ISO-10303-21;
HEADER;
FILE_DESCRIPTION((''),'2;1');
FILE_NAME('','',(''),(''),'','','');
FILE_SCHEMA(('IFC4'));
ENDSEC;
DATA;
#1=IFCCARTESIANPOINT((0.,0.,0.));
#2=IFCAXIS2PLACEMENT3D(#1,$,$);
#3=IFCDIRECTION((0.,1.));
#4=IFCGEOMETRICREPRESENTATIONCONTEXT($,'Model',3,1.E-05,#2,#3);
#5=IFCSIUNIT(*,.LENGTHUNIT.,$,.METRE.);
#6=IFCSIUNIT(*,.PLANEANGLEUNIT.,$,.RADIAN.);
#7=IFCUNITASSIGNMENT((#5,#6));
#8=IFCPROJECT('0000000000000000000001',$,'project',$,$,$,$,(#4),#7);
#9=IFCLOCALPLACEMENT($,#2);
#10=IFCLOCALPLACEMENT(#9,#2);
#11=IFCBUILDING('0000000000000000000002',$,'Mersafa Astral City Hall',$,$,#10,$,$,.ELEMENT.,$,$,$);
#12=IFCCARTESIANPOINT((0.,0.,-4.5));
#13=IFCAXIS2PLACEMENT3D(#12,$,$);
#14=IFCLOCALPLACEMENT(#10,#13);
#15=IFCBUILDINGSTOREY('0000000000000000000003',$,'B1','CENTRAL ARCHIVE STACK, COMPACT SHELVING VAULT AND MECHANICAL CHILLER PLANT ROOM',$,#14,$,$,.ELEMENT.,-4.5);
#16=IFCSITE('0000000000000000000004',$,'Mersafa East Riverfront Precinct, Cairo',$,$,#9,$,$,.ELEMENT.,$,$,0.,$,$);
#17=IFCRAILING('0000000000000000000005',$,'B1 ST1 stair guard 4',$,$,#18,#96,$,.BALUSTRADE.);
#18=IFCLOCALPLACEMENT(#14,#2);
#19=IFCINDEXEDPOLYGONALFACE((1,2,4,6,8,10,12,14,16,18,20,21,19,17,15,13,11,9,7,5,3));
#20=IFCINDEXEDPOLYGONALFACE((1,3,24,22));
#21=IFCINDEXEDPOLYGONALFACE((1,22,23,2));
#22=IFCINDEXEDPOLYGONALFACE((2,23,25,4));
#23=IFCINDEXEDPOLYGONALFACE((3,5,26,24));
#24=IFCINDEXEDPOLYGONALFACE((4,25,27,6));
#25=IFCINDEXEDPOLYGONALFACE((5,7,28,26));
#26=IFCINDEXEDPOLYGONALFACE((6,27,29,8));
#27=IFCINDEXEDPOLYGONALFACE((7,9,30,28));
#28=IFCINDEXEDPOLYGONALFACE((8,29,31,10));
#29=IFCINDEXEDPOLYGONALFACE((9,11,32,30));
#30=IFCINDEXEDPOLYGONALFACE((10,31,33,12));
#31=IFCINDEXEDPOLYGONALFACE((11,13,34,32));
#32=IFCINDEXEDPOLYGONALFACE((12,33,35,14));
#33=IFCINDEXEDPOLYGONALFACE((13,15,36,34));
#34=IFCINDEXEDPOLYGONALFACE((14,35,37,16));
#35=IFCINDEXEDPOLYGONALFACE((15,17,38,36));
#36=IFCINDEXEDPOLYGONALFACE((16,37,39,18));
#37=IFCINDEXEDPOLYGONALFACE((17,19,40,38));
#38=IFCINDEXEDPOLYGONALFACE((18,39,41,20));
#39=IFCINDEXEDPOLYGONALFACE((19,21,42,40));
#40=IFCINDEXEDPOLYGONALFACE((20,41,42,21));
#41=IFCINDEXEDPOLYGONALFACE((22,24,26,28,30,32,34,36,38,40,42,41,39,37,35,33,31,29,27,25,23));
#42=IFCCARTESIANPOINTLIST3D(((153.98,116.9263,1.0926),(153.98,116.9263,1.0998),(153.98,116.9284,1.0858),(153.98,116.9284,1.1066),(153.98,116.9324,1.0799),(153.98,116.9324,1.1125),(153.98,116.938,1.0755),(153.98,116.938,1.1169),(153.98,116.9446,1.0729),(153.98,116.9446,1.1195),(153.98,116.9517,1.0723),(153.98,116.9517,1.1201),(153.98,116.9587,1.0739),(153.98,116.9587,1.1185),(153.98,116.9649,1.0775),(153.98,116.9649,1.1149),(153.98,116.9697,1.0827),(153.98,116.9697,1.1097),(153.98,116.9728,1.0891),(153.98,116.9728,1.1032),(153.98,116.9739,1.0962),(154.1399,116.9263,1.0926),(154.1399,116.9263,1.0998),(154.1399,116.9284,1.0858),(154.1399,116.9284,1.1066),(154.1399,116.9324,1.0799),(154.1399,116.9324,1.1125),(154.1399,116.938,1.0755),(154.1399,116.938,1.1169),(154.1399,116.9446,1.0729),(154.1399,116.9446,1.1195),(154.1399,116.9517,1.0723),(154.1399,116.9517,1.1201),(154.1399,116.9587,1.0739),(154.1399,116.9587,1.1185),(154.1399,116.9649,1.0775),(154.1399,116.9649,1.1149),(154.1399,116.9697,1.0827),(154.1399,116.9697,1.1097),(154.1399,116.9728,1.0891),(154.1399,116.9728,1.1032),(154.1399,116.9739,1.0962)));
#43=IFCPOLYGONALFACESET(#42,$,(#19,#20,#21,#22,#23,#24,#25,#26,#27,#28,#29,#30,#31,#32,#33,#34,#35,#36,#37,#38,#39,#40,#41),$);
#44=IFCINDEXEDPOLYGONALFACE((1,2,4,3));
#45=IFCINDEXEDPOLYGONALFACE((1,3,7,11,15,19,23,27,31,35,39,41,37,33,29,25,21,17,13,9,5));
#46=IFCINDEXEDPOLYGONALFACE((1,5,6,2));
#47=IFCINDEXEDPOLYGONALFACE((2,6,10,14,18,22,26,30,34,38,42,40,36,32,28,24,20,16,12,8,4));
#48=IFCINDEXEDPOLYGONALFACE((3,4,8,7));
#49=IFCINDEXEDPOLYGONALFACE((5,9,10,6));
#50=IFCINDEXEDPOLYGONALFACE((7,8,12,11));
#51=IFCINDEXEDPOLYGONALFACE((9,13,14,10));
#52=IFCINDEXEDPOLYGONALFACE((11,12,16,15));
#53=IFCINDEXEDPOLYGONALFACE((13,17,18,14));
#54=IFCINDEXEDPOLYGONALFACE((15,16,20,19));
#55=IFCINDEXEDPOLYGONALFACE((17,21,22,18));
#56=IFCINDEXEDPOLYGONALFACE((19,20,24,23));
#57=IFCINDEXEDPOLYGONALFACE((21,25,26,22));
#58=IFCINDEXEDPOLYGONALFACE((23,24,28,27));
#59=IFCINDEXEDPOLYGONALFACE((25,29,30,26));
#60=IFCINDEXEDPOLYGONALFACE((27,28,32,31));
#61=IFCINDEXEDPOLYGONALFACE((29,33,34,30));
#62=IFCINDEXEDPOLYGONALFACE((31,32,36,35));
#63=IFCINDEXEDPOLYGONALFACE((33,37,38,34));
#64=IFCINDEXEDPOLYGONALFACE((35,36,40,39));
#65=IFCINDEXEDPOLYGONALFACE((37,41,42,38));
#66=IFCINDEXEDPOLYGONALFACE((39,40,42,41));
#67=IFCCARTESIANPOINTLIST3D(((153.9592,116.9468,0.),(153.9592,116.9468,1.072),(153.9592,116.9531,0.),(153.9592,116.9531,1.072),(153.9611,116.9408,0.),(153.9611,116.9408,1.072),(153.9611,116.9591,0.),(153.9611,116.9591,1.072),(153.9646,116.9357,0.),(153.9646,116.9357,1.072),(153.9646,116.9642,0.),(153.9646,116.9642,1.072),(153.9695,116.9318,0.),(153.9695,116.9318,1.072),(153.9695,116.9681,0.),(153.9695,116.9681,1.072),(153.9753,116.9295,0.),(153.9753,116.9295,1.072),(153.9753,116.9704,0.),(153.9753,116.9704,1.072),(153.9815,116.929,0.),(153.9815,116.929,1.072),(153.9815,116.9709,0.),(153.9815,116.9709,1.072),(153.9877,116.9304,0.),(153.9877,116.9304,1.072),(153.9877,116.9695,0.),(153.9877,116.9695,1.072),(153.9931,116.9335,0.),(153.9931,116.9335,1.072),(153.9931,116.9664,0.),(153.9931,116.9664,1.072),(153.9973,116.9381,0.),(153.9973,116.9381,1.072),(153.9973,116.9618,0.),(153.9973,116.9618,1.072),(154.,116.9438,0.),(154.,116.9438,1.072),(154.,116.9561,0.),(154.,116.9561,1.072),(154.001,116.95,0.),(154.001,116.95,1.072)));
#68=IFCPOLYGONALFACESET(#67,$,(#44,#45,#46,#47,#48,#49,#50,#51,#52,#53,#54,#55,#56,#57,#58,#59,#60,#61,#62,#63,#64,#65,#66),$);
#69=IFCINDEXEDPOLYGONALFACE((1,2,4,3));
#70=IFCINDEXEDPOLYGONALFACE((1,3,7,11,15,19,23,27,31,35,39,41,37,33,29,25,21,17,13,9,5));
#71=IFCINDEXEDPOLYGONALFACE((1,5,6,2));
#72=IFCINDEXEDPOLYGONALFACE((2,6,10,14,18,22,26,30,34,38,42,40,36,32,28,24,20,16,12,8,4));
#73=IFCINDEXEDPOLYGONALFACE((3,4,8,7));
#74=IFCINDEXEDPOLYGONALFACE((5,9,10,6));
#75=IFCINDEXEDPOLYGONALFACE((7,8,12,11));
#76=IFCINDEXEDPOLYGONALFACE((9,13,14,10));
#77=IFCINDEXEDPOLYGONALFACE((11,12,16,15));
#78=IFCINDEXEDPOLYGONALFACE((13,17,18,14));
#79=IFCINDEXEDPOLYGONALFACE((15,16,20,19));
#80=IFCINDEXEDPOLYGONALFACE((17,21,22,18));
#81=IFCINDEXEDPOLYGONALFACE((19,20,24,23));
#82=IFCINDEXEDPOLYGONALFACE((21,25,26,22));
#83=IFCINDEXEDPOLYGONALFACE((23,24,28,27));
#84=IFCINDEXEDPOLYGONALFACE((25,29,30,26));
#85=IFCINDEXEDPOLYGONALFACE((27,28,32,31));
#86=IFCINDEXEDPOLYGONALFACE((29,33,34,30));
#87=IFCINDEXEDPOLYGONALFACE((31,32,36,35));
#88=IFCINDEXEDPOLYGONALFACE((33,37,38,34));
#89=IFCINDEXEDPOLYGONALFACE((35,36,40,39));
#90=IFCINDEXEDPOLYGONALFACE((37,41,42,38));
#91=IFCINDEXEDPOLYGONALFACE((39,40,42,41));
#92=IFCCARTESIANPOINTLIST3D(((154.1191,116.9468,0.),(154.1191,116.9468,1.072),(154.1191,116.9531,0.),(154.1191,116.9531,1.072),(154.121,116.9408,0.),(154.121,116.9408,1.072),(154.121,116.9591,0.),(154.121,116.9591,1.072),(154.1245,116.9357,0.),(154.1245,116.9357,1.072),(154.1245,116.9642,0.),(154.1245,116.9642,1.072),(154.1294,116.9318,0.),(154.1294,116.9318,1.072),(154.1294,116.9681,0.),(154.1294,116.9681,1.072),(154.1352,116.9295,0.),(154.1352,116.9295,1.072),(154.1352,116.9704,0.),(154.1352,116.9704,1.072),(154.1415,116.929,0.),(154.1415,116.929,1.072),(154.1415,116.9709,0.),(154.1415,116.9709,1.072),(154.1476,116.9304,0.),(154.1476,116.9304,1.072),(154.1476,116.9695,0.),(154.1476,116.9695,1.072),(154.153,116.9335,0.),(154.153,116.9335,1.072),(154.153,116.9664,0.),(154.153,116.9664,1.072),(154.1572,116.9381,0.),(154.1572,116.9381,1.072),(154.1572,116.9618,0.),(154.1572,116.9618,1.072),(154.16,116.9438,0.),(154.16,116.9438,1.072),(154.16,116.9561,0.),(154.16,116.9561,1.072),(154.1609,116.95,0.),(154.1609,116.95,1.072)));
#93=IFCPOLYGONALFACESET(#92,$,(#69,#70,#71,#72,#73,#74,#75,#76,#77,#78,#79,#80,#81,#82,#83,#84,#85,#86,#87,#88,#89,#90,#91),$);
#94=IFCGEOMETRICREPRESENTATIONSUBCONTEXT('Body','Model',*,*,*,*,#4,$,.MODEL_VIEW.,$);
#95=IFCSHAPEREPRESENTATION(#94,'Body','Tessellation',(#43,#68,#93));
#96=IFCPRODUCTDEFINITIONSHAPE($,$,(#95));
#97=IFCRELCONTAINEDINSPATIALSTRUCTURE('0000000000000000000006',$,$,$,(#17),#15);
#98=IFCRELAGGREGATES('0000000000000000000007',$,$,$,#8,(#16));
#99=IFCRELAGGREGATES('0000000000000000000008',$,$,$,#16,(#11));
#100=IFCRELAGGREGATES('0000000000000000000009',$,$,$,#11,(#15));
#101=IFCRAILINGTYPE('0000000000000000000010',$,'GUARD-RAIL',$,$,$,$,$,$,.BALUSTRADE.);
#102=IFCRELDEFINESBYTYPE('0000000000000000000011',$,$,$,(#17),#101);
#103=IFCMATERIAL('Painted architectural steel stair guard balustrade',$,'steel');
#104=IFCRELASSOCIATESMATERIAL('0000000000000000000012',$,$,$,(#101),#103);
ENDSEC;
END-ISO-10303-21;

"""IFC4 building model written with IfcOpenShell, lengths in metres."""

from ifc_helpers import new_model, si_unit, direction, frame, origin, origin_2d, place, context, subcontext, project, spatial, circle, extrude, material, type_object, element, save


model = new_model("IFC4")

# Units and contexts
model_context = context("Model", 3, precision=1e-05, world=origin(), true_north=direction((0.0, 1.0)))
body_context = subcontext(model_context, "Body", "Model", "MODEL_VIEW")
ifc_project = project(units=[si_unit("LENGTHUNIT", "METRE"), si_unit("PLANEANGLEUNIT", "RADIAN")], contexts=[model_context])

# Site, building, storey
site_placement = place(None, origin())
site = spatial("IfcSite", under=ifc_project, at=site_placement, Name="Mersafa East Riverfront Precinct, Cairo", CompositionType="ELEMENT", RefElevation=0.0)
building_placement = place(site_placement, origin())
building = spatial("IfcBuilding", under=site, at=building_placement, Name="Mersafa Astral City Hall", CompositionType="ELEMENT")
storey_placement = place(building_placement, frame((0.0, 0.0, -4.5)))
storey = spatial("IfcBuildingStorey", under=building, at=storey_placement, Name="B1", Description="CENTRAL ARCHIVE STACK, COMPACT SHELVING VAULT AND MECHANICAL CHILLER PLANT ROOM", CompositionType="ELEMENT", Elevation=-4.5)

# Railing
ifc_material_1 = material(Name="Painted architectural steel stair guard balustrade", Category="steel")
railing_type_1 = type_object("IfcRailingType", Name="GUARD-RAIL", PredefinedType="BALUSTRADE", material=ifc_material_1)
railing_1_placement = place(storey_placement, frame((153.98, 116.95, 0.0)))
element("IfcRailing", 1, at=railing_1_placement, inside=storey, type_object=railing_type_1, Name="B1 ST1 stair guard 4", PredefinedType="BALUSTRADE", context=body_context, shape_type="SweptSolid", body=[
    extrude(circle(Radius=0.0239, at=origin_2d()), frame((0.0, 0.0, 1.0962), z_axis=(1.0, 0.0, 0.0), x_axis=(0.0, 1.0, 0.0)), (0.0, 0.0, 1.0), 0.1599),
    extrude(circle(Radius=0.021, at=origin_2d()), origin(), (0.0, 0.0, 1.0), 1.072),
    extrude(circle(Radius=0.021, at=origin_2d()), frame((0.1599, 0.0, 0.0)), (0.0, 0.0, 1.0), 1.072),
])

save(model, "model.ifc")
